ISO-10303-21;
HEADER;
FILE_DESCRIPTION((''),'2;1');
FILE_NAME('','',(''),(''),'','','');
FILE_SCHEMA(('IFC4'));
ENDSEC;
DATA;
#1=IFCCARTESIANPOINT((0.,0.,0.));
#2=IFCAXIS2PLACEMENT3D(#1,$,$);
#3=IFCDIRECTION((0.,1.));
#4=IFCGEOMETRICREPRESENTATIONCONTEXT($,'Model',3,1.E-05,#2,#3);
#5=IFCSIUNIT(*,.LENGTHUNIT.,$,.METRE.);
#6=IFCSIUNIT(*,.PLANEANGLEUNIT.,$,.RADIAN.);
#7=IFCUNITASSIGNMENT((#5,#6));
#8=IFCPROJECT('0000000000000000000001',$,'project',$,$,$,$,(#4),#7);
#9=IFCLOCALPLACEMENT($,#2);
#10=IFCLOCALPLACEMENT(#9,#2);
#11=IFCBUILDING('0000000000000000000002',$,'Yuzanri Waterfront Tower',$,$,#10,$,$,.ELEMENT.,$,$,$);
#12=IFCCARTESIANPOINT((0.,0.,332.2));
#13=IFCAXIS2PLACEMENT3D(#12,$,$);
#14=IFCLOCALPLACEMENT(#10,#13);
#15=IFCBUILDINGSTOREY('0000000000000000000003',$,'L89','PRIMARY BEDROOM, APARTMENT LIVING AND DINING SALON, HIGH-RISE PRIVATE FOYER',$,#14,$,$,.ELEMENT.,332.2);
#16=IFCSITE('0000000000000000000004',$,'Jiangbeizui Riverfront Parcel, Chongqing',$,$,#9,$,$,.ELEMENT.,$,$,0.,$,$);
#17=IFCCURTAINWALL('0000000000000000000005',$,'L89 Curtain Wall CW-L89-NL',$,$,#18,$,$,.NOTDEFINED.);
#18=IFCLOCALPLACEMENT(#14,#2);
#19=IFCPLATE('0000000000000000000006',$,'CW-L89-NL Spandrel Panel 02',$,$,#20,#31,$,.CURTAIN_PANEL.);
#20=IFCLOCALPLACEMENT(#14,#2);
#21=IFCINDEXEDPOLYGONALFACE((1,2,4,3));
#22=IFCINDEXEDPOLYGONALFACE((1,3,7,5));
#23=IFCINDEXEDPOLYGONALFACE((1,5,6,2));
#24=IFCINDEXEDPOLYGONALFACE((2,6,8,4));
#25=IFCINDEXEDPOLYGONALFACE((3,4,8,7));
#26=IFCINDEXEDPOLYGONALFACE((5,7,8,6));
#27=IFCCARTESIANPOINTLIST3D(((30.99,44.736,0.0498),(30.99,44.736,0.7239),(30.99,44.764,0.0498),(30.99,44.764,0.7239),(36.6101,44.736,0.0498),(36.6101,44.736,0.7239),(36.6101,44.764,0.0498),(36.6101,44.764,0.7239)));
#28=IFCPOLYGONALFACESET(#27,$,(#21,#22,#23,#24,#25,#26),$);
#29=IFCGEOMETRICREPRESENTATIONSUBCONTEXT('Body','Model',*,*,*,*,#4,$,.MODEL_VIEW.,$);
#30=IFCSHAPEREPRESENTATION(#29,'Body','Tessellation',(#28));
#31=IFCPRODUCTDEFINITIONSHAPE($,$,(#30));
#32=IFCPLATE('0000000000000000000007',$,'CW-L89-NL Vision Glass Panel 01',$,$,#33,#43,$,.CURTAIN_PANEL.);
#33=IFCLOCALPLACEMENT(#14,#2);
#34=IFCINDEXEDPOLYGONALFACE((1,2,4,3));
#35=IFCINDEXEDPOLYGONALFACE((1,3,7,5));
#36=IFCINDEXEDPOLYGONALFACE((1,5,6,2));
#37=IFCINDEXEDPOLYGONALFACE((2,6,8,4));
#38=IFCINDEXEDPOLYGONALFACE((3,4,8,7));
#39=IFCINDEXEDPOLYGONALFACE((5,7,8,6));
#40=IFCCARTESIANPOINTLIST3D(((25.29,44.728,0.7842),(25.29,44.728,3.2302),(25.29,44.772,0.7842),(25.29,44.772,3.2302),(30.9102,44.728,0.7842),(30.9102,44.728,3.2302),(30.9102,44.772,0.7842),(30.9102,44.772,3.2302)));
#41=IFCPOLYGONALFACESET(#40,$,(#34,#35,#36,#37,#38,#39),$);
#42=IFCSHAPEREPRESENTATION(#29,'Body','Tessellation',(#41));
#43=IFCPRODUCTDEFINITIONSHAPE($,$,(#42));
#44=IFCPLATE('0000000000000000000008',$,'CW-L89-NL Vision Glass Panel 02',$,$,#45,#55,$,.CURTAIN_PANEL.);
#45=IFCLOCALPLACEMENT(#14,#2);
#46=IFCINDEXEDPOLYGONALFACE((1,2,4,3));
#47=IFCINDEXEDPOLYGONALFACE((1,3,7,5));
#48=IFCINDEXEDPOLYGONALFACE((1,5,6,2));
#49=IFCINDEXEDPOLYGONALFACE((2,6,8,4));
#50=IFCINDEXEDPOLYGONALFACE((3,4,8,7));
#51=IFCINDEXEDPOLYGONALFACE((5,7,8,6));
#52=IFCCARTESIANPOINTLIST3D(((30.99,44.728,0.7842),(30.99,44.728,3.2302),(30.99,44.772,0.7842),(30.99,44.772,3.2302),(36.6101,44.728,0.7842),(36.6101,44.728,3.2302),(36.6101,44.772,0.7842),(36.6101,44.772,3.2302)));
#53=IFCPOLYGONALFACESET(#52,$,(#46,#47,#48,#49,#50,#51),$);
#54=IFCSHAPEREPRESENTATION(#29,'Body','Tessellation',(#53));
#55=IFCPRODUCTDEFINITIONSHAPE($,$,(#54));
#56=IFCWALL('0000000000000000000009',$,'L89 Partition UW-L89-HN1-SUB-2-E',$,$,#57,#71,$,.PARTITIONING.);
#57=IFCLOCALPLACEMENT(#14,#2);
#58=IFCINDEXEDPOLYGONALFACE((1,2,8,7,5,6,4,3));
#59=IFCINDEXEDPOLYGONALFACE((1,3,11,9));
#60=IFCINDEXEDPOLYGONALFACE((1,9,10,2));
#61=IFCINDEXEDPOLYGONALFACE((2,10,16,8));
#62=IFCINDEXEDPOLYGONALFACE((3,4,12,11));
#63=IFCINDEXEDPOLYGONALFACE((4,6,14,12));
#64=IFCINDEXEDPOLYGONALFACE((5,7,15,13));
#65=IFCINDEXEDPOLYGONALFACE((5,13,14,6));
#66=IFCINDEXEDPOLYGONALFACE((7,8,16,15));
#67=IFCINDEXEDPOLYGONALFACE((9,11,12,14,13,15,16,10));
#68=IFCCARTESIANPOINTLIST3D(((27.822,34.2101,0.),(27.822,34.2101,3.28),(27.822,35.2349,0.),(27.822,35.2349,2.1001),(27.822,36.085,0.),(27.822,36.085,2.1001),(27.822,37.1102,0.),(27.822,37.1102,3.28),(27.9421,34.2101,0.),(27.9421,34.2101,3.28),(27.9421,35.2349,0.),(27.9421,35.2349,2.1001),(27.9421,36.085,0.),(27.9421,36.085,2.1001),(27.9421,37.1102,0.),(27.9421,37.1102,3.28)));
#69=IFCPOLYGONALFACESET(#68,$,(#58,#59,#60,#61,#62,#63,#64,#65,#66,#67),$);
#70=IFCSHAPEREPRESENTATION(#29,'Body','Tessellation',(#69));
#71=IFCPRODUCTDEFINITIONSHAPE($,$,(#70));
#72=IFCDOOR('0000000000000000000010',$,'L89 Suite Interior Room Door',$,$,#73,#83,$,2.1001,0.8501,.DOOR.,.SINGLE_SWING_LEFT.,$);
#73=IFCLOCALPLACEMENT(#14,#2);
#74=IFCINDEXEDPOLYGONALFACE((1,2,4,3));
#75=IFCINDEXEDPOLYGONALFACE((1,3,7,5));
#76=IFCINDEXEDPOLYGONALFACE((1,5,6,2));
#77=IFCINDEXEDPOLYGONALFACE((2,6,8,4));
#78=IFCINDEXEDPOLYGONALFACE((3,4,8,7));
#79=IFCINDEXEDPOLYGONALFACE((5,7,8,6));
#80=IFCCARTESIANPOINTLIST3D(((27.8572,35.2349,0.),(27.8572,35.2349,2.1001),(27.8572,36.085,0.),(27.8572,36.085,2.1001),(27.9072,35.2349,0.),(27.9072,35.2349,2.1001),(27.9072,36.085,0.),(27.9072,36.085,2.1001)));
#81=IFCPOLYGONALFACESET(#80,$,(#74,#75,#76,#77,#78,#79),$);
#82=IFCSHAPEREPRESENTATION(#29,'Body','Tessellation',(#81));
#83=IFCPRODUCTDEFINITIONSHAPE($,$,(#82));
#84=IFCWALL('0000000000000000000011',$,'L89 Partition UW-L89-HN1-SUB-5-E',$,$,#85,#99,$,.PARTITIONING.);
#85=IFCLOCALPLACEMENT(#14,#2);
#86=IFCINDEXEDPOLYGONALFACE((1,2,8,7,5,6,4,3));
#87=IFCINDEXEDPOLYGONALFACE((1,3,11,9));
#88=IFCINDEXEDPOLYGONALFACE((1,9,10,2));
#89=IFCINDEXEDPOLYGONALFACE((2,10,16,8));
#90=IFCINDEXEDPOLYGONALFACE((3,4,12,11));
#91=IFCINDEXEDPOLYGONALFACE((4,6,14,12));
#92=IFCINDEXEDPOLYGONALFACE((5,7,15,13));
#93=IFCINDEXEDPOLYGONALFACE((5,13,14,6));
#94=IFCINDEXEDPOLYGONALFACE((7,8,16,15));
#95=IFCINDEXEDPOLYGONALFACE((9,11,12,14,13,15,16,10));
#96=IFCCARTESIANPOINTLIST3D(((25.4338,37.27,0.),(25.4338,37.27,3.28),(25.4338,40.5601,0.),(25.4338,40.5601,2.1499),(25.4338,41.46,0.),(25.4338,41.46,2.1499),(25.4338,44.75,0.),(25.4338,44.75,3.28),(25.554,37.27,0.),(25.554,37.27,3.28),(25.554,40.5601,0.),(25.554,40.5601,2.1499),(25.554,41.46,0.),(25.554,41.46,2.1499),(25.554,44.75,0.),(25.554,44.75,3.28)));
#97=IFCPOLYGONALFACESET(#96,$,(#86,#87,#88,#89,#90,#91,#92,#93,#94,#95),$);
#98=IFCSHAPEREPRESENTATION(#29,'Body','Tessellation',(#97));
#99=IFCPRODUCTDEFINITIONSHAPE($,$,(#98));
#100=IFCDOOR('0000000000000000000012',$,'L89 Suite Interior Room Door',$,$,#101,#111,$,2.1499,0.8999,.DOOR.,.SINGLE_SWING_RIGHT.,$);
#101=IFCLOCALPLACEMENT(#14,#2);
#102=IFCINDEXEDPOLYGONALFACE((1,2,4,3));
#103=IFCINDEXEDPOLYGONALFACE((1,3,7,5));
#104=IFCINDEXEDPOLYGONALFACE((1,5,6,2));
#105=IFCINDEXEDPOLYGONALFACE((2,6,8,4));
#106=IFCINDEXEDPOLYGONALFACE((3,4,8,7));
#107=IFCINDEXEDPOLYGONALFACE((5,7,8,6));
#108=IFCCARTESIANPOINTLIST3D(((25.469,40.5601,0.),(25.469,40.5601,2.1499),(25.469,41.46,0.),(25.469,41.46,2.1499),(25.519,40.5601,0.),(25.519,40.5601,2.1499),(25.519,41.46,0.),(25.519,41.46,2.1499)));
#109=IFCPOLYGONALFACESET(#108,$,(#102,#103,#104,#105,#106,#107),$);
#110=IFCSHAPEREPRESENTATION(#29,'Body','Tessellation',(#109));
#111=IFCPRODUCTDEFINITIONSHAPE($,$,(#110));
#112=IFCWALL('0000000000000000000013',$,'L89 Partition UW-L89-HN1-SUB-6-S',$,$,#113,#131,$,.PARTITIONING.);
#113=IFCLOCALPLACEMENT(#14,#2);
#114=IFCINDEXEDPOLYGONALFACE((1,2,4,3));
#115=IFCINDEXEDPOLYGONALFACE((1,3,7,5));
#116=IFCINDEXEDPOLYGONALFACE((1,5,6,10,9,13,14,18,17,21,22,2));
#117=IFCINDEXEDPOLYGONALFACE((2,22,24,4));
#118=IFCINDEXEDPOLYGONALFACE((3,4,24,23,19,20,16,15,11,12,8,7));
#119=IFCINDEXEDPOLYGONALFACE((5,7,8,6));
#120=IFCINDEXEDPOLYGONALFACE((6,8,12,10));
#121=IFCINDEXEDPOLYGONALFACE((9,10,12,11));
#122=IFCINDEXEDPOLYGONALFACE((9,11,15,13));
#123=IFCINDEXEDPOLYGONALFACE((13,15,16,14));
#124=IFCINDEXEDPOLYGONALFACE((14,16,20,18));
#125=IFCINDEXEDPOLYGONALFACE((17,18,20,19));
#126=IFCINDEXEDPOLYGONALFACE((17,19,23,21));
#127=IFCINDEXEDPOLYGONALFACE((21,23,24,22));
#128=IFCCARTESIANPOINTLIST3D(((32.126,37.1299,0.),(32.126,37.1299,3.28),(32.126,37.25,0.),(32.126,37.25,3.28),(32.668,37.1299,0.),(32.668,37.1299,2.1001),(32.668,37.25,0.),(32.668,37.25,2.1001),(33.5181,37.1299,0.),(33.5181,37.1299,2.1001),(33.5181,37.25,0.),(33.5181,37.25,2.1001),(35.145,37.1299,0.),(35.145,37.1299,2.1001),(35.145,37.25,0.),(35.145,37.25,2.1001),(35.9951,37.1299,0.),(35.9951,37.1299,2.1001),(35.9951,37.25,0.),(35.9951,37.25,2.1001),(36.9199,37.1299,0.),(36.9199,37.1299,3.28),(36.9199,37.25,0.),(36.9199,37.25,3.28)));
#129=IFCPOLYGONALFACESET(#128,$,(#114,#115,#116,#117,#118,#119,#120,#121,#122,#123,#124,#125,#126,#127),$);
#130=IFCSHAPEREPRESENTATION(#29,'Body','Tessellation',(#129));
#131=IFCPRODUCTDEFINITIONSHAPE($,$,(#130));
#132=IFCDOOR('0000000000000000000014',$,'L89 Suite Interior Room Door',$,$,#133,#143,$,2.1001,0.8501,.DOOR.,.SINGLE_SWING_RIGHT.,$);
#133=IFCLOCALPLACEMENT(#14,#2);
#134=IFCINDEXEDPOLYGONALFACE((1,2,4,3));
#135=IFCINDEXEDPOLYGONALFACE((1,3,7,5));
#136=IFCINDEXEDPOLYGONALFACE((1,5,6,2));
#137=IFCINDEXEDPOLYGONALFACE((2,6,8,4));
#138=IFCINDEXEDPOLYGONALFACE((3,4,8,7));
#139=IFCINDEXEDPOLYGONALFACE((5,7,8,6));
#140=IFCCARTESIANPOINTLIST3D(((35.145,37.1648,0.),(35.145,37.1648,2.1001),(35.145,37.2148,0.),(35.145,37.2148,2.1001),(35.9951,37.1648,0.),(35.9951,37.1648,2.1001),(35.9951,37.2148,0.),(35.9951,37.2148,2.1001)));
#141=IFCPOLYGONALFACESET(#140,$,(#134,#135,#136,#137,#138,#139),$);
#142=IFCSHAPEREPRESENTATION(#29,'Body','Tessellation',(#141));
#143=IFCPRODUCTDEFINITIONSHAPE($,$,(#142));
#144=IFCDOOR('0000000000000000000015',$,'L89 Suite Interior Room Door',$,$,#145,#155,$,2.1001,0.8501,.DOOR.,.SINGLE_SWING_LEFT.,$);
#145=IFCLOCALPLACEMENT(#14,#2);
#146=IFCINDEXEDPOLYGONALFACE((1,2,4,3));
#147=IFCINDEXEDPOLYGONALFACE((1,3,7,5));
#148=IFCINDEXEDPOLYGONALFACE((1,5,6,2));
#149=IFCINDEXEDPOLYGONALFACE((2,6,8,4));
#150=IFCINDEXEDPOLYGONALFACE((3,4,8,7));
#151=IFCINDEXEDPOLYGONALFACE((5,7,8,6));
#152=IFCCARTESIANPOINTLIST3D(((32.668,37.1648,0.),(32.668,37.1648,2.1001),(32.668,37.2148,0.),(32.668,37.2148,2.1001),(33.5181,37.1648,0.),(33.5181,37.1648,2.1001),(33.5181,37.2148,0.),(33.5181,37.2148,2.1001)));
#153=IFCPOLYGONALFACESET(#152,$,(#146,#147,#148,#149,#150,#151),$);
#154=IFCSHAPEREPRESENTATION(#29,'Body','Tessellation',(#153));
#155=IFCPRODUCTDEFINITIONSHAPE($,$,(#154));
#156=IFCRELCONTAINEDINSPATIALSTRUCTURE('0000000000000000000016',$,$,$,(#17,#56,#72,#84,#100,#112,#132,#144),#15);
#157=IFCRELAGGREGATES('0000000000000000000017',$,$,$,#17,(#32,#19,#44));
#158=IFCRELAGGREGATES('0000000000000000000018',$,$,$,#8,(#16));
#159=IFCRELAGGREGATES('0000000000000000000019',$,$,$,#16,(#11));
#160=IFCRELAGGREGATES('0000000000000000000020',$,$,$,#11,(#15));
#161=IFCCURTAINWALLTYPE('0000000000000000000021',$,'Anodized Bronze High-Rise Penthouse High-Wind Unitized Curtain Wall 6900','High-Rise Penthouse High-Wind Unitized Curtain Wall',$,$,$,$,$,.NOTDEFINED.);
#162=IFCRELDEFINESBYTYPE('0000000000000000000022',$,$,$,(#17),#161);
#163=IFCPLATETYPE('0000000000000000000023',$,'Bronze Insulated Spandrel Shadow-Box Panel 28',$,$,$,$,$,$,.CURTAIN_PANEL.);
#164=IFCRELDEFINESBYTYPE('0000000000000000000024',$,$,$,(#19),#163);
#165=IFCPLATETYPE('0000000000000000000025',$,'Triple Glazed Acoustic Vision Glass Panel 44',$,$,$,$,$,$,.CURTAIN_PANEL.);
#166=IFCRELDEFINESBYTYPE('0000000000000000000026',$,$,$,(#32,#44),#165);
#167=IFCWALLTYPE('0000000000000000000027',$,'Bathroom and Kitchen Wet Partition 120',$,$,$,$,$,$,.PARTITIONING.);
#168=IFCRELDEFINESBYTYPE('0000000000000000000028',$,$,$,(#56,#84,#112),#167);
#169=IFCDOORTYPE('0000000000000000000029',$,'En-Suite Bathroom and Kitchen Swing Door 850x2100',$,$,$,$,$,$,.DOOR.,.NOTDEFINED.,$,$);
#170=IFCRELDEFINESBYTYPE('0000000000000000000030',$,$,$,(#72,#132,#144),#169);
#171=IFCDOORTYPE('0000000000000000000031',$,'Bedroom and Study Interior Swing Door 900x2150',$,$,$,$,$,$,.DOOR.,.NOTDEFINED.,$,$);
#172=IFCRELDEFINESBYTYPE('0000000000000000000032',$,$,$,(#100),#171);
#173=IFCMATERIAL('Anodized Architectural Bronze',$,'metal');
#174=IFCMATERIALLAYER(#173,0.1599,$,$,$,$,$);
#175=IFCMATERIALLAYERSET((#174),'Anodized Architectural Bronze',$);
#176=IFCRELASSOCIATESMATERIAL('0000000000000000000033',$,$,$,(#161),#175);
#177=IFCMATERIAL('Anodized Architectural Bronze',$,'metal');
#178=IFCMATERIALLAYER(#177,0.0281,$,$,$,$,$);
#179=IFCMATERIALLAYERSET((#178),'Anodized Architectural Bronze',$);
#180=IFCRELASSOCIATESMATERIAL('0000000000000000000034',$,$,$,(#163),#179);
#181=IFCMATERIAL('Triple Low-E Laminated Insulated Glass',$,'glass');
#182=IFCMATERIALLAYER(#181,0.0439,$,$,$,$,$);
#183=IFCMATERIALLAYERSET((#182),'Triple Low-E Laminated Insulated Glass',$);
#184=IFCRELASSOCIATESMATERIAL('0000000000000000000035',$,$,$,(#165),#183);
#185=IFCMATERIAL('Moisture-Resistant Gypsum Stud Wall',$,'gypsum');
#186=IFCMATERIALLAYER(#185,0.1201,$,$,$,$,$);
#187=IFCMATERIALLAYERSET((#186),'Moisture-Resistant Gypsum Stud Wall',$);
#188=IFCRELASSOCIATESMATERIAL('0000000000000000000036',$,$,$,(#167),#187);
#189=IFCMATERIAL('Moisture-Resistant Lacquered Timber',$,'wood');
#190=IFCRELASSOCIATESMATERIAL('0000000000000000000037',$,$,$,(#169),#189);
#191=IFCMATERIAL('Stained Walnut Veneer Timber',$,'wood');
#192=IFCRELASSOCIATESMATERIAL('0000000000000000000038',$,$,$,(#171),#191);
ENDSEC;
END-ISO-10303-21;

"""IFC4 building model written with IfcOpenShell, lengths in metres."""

from ifc_helpers import new_model, si_unit, direction, frame, frame_2d, origin, origin_2d, place, context, subcontext, project, spatial, rectangle, extrude, source, transform, mapped, material, layer, layer_set, type_object, element, fill, aggregate, save


model = new_model("IFC4")

# Units and contexts
model_context = context("Model", 3, precision=1e-05, world=origin(), true_north=direction((0.0, 1.0)))
body_context = subcontext(model_context, "Body", "Model", "MODEL_VIEW")
ifc_project = project(units=[si_unit("LENGTHUNIT", "METRE"), si_unit("PLANEANGLEUNIT", "RADIAN")], contexts=[model_context])

# Site, building, storey
site_placement = place(None, origin())
site = spatial("IfcSite", under=ifc_project, at=site_placement, Name="Jiangbeizui Riverfront Parcel, Chongqing", CompositionType="ELEMENT", RefElevation=0.0)
building_placement = place(site_placement, origin())
building = spatial("IfcBuilding", under=site, at=building_placement, Name="Yuzanri Waterfront Tower", CompositionType="ELEMENT")
storey_placement = place(building_placement, frame((0.0, 0.0, 332.2)))
storey = spatial("IfcBuildingStorey", under=building, at=storey_placement, Name="L89", Description="PRIMARY BEDROOM, APARTMENT LIVING AND DINING SALON, HIGH-RISE PRIVATE FOYER", CompositionType="ELEMENT", Elevation=332.2)

# Curtain wall, plates
ifc_material_1 = material(Name="Anodized Architectural Bronze", Category="metal")
ifc_layer_1 = layer(ifc_material_1, 0.1599)
ifc_layer_set_1 = layer_set([ifc_layer_1], Name="Anodized Architectural Bronze")
curtain_wall_type = type_object("IfcCurtainWallType", Name="Anodized Bronze High-Rise Penthouse High-Wind Unitized Curtain Wall 6900", Description="High-Rise Penthouse High-Wind Unitized Curtain Wall", PredefinedType="NOTDEFINED", material=ifc_layer_set_1)
curtain_wall_placement = place(storey_placement, origin())
curtain_wall = element("IfcCurtainWall", 1, at=curtain_wall_placement, inside=storey, type_object=curtain_wall_type, Name="L89 Curtain Wall CW-L89-NL", PredefinedType="NOTDEFINED")
ifc_material_2 = material(Name="Anodized Architectural Bronze", Category="metal")
ifc_layer_2 = layer(ifc_material_2, 0.0281)
ifc_layer_set_2 = layer_set([ifc_layer_2], Name="Anodized Architectural Bronze")
plate_type_1 = type_object("IfcPlateType", Name="Bronze Insulated Spandrel Shadow-Box Panel 28", PredefinedType="CURTAIN_PANEL", material=ifc_layer_set_2)
shared_shape_1 = source(origin(), body_context, "Body", "SweptSolid", [
    extrude(rectangle(XDim=5.6201, YDim=0.0281, at=origin_2d()), origin(), (0.0, 0.0, 1.0), 0.6741),
])
plate_1_placement = place(storey_placement, frame((33.8, 44.75, 0.0498), z_axis=(0.0, 0.0, 1.0), x_axis=(1.0, 0.0, 0.0)))
plate_1 = element("IfcPlate", 2, at=plate_1_placement, type_object=plate_type_1, Name="CW-L89-NL Spandrel Panel 02", PredefinedType="CURTAIN_PANEL", context=body_context, shape_type="MappedRepresentation", body=[
    mapped(shared_shape_1, transform((0.0, 0.0, 0.0), scale=1.0)),
])
ifc_material_3 = material(Name="Triple Low-E Laminated Insulated Glass", Category="glass")
ifc_layer_3 = layer(ifc_material_3, 0.0439)
ifc_layer_set_3 = layer_set([ifc_layer_3], Name="Triple Low-E Laminated Insulated Glass")
plate_type_2 = type_object("IfcPlateType", Name="Triple Glazed Acoustic Vision Glass Panel 44", PredefinedType="CURTAIN_PANEL", material=ifc_layer_set_3)
shared_shape_2 = source(origin(), body_context, "Body", "SweptSolid", [
    extrude(rectangle(XDim=5.6201, YDim=0.0439, at=origin_2d()), origin(), (0.0, 0.0, 1.0), 2.446),
])
plate_2_placement = place(storey_placement, frame((28.1001, 44.75, 0.7842), z_axis=(0.0, 0.0, 1.0), x_axis=(1.0, 0.0, 0.0)))
plate_2 = element("IfcPlate", 3, at=plate_2_placement, type_object=plate_type_2, Name="CW-L89-NL Vision Glass Panel 01", PredefinedType="CURTAIN_PANEL", context=body_context, shape_type="MappedRepresentation", body=[
    mapped(shared_shape_2, transform((0.0, 0.0, 0.0), scale=1.0)),
])
plate_3_placement = place(storey_placement, frame((33.8, 44.75, 0.7842), z_axis=(0.0, 0.0, 1.0), x_axis=(1.0, 0.0, 0.0)))
plate_3 = element("IfcPlate", 4, at=plate_3_placement, type_object=plate_type_2, Name="CW-L89-NL Vision Glass Panel 02", PredefinedType="CURTAIN_PANEL", context=body_context, shape_type="MappedRepresentation", body=[
    mapped(shared_shape_2, transform((0.0, 0.0, 0.0), scale=1.0)),
])
aggregate(curtain_wall, [plate_2, plate_1, plate_3])

# Walls, openings, doors
ifc_material_4 = material(Name="Moisture-Resistant Gypsum Stud Wall", Category="gypsum")
ifc_layer_4 = layer(ifc_material_4, 0.1201)
ifc_layer_set_4 = layer_set([ifc_layer_4], Name="Moisture-Resistant Gypsum Stud Wall")
wall_type = type_object("IfcWallType", Name="Bathroom and Kitchen Wet Partition 120", PredefinedType="PARTITIONING", material=ifc_layer_set_4)
wall_1_placement = place(storey_placement, frame((27.8821, 34.21, 0.0), z_axis=(0.0, 0.0, 1.0), x_axis=(0.0, 1.0, 0.0)))
wall_1 = element("IfcWall", 5, at=wall_1_placement, inside=storey, type_object=wall_type, Name="L89 Partition UW-L89-HN1-SUB-2-E", PredefinedType="PARTITIONING", context=body_context, shape_type="SweptSolid", body=[
    extrude(rectangle(XDim=2.9001, YDim=0.1201, at=frame_2d((1.4502, 0.0))), origin(), (0.0, 0.0, 1.0), 3.28),
])
opening_1_placement = place(wall_1_placement, frame((1.0249, 0.0, 0.0)))
opening_1 = element("IfcOpeningElement", 6, at=opening_1_placement, cuts=wall_1, PredefinedType="OPENING", context=body_context, shape_type="SweptSolid", body=[
    extrude(rectangle(XDim=0.8501, YDim=2.1001, at=frame_2d((0.425, 1.05))), frame((0.0, 0.075, 0.0), z_axis=(0.0, -1.0, 0.0), x_axis=(1.0, 0.0, 0.0)), (0.0, 0.0, 1.0), 0.1499),
])
ifc_material_5 = material(Name="Moisture-Resistant Lacquered Timber", Category="wood")
door_type_1 = type_object("IfcDoorType", Name="En-Suite Bathroom and Kitchen Swing Door 850x2100", OperationType="NOTDEFINED", PredefinedType="DOOR", material=ifc_material_5)
shared_shape_3 = source(origin(), body_context, "Body", "SweptSolid", [
    extrude(rectangle(XDim=0.8501, YDim=2.1001, at=frame_2d((0.425, 1.05))), frame((0.0, 0.0249, 0.0), z_axis=(0.0, -1.0, 0.0), x_axis=(1.0, 0.0, 0.0)), (0.0, 0.0, 1.0), 0.05),
])
door_1_placement = place(opening_1_placement, origin())
door_1 = element("IfcDoor", 7, at=door_1_placement, inside=storey, type_object=door_type_1, Name="L89 Suite Interior Room Door", OperationType="SINGLE_SWING_LEFT", OverallHeight=2.1001, OverallWidth=0.8501, PredefinedType="DOOR", context=body_context, shape_type="MappedRepresentation", body=[
    mapped(shared_shape_3, transform((0.0, 0.0, 0.0), scale=1.0)),
])
fill(opening_1, door_1)
wall_2_placement = place(storey_placement, frame((25.4939, 37.27, 0.0), z_axis=(0.0, 0.0, 1.0), x_axis=(0.0, 1.0, 0.0)))
wall_2 = element("IfcWall", 8, at=wall_2_placement, inside=storey, type_object=wall_type, Name="L89 Partition UW-L89-HN1-SUB-5-E", PredefinedType="PARTITIONING", context=body_context, shape_type="SweptSolid", body=[
    extrude(rectangle(XDim=7.48, YDim=0.1201, at=frame_2d((3.74, 0.0))), origin(), (0.0, 0.0, 1.0), 3.28),
])
opening_2_placement = place(wall_2_placement, frame((3.29, 0.0, 0.0)))
opening_2 = element("IfcOpeningElement", 9, at=opening_2_placement, cuts=wall_2, PredefinedType="OPENING", context=body_context, shape_type="SweptSolid", body=[
    extrude(rectangle(XDim=0.8999, YDim=2.1499, at=frame_2d((0.45, 1.075))), frame((0.0, 0.075, 0.0), z_axis=(0.0, -1.0, 0.0), x_axis=(1.0, 0.0, 0.0)), (0.0, 0.0, 1.0), 0.1499),
])
ifc_material_6 = material(Name="Stained Walnut Veneer Timber", Category="wood")
door_type_2 = type_object("IfcDoorType", Name="Bedroom and Study Interior Swing Door 900x2150", OperationType="NOTDEFINED", PredefinedType="DOOR", material=ifc_material_6)
shared_shape_4 = source(origin(), body_context, "Body", "SweptSolid", [
    extrude(rectangle(XDim=0.8999, YDim=2.1499, at=frame_2d((0.45, 1.075))), frame((0.0, 0.0249, 0.0), z_axis=(0.0, -1.0, 0.0), x_axis=(1.0, 0.0, 0.0)), (0.0, 0.0, 1.0), 0.05),
])
door_2_placement = place(opening_2_placement, origin())
door_2 = element("IfcDoor", 10, at=door_2_placement, inside=storey, type_object=door_type_2, Name="L89 Suite Interior Room Door", OperationType="SINGLE_SWING_RIGHT", OverallHeight=2.1499, OverallWidth=0.8999, PredefinedType="DOOR", context=body_context, shape_type="MappedRepresentation", body=[
    mapped(shared_shape_4, transform((0.0, 0.0, 0.0), scale=1.0)),
])
fill(opening_2, door_2)

# Wall, openings, doors
wall_3_placement = place(storey_placement, frame((32.126, 37.1899, 0.0), z_axis=(0.0, 0.0, 1.0), x_axis=(1.0, 0.0, 0.0)))
wall_3 = element("IfcWall", 11, at=wall_3_placement, inside=storey, type_object=wall_type, Name="L89 Partition UW-L89-HN1-SUB-6-S", PredefinedType="PARTITIONING", context=body_context, shape_type="SweptSolid", body=[
    extrude(rectangle(XDim=4.7939, YDim=0.1201, at=frame_2d((2.397, 0.0))), origin(), (0.0, 0.0, 1.0), 3.28),
])
opening_3_placement = place(wall_3_placement, frame((3.019, 0.0, 0.0)))
opening_3 = element("IfcOpeningElement", 12, at=opening_3_placement, cuts=wall_3, PredefinedType="OPENING", context=body_context, shape_type="SweptSolid", body=[
    extrude(rectangle(XDim=0.8501, YDim=2.1001, at=frame_2d((0.425, 1.05))), frame((0.0, 0.075, 0.0), z_axis=(0.0, -1.0, 0.0), x_axis=(1.0, 0.0, 0.0)), (0.0, 0.0, 1.0), 0.1499),
])
opening_4_placement = place(wall_3_placement, frame((0.542, 0.0, 0.0)))
opening_4 = element("IfcOpeningElement", 13, at=opening_4_placement, cuts=wall_3, PredefinedType="OPENING", context=body_context, shape_type="SweptSolid", body=[
    extrude(rectangle(XDim=0.8501, YDim=2.1001, at=frame_2d((0.425, 1.05))), frame((0.0, 0.075, 0.0), z_axis=(0.0, -1.0, 0.0), x_axis=(1.0, 0.0, 0.0)), (0.0, 0.0, 1.0), 0.1499),
])
door_3_placement = place(opening_3_placement, origin())
door_3 = element("IfcDoor", 14, at=door_3_placement, inside=storey, type_object=door_type_1, Name="L89 Suite Interior Room Door", OperationType="SINGLE_SWING_RIGHT", OverallHeight=2.1001, OverallWidth=0.8501, PredefinedType="DOOR", context=body_context, shape_type="MappedRepresentation", body=[
    mapped(shared_shape_3, transform((0.0, 0.0, 0.0), scale=1.0)),
])
fill(opening_3, door_3)
door_4_placement = place(opening_4_placement, origin())
door_4 = element("IfcDoor", 15, at=door_4_placement, inside=storey, type_object=door_type_1, Name="L89 Suite Interior Room Door", OperationType="SINGLE_SWING_LEFT", OverallHeight=2.1001, OverallWidth=0.8501, PredefinedType="DOOR", context=body_context, shape_type="MappedRepresentation", body=[
    mapped(shared_shape_3, transform((0.0, 0.0, 0.0), scale=1.0)),
])
fill(opening_4, door_4)

save(model, "model.ifc")
